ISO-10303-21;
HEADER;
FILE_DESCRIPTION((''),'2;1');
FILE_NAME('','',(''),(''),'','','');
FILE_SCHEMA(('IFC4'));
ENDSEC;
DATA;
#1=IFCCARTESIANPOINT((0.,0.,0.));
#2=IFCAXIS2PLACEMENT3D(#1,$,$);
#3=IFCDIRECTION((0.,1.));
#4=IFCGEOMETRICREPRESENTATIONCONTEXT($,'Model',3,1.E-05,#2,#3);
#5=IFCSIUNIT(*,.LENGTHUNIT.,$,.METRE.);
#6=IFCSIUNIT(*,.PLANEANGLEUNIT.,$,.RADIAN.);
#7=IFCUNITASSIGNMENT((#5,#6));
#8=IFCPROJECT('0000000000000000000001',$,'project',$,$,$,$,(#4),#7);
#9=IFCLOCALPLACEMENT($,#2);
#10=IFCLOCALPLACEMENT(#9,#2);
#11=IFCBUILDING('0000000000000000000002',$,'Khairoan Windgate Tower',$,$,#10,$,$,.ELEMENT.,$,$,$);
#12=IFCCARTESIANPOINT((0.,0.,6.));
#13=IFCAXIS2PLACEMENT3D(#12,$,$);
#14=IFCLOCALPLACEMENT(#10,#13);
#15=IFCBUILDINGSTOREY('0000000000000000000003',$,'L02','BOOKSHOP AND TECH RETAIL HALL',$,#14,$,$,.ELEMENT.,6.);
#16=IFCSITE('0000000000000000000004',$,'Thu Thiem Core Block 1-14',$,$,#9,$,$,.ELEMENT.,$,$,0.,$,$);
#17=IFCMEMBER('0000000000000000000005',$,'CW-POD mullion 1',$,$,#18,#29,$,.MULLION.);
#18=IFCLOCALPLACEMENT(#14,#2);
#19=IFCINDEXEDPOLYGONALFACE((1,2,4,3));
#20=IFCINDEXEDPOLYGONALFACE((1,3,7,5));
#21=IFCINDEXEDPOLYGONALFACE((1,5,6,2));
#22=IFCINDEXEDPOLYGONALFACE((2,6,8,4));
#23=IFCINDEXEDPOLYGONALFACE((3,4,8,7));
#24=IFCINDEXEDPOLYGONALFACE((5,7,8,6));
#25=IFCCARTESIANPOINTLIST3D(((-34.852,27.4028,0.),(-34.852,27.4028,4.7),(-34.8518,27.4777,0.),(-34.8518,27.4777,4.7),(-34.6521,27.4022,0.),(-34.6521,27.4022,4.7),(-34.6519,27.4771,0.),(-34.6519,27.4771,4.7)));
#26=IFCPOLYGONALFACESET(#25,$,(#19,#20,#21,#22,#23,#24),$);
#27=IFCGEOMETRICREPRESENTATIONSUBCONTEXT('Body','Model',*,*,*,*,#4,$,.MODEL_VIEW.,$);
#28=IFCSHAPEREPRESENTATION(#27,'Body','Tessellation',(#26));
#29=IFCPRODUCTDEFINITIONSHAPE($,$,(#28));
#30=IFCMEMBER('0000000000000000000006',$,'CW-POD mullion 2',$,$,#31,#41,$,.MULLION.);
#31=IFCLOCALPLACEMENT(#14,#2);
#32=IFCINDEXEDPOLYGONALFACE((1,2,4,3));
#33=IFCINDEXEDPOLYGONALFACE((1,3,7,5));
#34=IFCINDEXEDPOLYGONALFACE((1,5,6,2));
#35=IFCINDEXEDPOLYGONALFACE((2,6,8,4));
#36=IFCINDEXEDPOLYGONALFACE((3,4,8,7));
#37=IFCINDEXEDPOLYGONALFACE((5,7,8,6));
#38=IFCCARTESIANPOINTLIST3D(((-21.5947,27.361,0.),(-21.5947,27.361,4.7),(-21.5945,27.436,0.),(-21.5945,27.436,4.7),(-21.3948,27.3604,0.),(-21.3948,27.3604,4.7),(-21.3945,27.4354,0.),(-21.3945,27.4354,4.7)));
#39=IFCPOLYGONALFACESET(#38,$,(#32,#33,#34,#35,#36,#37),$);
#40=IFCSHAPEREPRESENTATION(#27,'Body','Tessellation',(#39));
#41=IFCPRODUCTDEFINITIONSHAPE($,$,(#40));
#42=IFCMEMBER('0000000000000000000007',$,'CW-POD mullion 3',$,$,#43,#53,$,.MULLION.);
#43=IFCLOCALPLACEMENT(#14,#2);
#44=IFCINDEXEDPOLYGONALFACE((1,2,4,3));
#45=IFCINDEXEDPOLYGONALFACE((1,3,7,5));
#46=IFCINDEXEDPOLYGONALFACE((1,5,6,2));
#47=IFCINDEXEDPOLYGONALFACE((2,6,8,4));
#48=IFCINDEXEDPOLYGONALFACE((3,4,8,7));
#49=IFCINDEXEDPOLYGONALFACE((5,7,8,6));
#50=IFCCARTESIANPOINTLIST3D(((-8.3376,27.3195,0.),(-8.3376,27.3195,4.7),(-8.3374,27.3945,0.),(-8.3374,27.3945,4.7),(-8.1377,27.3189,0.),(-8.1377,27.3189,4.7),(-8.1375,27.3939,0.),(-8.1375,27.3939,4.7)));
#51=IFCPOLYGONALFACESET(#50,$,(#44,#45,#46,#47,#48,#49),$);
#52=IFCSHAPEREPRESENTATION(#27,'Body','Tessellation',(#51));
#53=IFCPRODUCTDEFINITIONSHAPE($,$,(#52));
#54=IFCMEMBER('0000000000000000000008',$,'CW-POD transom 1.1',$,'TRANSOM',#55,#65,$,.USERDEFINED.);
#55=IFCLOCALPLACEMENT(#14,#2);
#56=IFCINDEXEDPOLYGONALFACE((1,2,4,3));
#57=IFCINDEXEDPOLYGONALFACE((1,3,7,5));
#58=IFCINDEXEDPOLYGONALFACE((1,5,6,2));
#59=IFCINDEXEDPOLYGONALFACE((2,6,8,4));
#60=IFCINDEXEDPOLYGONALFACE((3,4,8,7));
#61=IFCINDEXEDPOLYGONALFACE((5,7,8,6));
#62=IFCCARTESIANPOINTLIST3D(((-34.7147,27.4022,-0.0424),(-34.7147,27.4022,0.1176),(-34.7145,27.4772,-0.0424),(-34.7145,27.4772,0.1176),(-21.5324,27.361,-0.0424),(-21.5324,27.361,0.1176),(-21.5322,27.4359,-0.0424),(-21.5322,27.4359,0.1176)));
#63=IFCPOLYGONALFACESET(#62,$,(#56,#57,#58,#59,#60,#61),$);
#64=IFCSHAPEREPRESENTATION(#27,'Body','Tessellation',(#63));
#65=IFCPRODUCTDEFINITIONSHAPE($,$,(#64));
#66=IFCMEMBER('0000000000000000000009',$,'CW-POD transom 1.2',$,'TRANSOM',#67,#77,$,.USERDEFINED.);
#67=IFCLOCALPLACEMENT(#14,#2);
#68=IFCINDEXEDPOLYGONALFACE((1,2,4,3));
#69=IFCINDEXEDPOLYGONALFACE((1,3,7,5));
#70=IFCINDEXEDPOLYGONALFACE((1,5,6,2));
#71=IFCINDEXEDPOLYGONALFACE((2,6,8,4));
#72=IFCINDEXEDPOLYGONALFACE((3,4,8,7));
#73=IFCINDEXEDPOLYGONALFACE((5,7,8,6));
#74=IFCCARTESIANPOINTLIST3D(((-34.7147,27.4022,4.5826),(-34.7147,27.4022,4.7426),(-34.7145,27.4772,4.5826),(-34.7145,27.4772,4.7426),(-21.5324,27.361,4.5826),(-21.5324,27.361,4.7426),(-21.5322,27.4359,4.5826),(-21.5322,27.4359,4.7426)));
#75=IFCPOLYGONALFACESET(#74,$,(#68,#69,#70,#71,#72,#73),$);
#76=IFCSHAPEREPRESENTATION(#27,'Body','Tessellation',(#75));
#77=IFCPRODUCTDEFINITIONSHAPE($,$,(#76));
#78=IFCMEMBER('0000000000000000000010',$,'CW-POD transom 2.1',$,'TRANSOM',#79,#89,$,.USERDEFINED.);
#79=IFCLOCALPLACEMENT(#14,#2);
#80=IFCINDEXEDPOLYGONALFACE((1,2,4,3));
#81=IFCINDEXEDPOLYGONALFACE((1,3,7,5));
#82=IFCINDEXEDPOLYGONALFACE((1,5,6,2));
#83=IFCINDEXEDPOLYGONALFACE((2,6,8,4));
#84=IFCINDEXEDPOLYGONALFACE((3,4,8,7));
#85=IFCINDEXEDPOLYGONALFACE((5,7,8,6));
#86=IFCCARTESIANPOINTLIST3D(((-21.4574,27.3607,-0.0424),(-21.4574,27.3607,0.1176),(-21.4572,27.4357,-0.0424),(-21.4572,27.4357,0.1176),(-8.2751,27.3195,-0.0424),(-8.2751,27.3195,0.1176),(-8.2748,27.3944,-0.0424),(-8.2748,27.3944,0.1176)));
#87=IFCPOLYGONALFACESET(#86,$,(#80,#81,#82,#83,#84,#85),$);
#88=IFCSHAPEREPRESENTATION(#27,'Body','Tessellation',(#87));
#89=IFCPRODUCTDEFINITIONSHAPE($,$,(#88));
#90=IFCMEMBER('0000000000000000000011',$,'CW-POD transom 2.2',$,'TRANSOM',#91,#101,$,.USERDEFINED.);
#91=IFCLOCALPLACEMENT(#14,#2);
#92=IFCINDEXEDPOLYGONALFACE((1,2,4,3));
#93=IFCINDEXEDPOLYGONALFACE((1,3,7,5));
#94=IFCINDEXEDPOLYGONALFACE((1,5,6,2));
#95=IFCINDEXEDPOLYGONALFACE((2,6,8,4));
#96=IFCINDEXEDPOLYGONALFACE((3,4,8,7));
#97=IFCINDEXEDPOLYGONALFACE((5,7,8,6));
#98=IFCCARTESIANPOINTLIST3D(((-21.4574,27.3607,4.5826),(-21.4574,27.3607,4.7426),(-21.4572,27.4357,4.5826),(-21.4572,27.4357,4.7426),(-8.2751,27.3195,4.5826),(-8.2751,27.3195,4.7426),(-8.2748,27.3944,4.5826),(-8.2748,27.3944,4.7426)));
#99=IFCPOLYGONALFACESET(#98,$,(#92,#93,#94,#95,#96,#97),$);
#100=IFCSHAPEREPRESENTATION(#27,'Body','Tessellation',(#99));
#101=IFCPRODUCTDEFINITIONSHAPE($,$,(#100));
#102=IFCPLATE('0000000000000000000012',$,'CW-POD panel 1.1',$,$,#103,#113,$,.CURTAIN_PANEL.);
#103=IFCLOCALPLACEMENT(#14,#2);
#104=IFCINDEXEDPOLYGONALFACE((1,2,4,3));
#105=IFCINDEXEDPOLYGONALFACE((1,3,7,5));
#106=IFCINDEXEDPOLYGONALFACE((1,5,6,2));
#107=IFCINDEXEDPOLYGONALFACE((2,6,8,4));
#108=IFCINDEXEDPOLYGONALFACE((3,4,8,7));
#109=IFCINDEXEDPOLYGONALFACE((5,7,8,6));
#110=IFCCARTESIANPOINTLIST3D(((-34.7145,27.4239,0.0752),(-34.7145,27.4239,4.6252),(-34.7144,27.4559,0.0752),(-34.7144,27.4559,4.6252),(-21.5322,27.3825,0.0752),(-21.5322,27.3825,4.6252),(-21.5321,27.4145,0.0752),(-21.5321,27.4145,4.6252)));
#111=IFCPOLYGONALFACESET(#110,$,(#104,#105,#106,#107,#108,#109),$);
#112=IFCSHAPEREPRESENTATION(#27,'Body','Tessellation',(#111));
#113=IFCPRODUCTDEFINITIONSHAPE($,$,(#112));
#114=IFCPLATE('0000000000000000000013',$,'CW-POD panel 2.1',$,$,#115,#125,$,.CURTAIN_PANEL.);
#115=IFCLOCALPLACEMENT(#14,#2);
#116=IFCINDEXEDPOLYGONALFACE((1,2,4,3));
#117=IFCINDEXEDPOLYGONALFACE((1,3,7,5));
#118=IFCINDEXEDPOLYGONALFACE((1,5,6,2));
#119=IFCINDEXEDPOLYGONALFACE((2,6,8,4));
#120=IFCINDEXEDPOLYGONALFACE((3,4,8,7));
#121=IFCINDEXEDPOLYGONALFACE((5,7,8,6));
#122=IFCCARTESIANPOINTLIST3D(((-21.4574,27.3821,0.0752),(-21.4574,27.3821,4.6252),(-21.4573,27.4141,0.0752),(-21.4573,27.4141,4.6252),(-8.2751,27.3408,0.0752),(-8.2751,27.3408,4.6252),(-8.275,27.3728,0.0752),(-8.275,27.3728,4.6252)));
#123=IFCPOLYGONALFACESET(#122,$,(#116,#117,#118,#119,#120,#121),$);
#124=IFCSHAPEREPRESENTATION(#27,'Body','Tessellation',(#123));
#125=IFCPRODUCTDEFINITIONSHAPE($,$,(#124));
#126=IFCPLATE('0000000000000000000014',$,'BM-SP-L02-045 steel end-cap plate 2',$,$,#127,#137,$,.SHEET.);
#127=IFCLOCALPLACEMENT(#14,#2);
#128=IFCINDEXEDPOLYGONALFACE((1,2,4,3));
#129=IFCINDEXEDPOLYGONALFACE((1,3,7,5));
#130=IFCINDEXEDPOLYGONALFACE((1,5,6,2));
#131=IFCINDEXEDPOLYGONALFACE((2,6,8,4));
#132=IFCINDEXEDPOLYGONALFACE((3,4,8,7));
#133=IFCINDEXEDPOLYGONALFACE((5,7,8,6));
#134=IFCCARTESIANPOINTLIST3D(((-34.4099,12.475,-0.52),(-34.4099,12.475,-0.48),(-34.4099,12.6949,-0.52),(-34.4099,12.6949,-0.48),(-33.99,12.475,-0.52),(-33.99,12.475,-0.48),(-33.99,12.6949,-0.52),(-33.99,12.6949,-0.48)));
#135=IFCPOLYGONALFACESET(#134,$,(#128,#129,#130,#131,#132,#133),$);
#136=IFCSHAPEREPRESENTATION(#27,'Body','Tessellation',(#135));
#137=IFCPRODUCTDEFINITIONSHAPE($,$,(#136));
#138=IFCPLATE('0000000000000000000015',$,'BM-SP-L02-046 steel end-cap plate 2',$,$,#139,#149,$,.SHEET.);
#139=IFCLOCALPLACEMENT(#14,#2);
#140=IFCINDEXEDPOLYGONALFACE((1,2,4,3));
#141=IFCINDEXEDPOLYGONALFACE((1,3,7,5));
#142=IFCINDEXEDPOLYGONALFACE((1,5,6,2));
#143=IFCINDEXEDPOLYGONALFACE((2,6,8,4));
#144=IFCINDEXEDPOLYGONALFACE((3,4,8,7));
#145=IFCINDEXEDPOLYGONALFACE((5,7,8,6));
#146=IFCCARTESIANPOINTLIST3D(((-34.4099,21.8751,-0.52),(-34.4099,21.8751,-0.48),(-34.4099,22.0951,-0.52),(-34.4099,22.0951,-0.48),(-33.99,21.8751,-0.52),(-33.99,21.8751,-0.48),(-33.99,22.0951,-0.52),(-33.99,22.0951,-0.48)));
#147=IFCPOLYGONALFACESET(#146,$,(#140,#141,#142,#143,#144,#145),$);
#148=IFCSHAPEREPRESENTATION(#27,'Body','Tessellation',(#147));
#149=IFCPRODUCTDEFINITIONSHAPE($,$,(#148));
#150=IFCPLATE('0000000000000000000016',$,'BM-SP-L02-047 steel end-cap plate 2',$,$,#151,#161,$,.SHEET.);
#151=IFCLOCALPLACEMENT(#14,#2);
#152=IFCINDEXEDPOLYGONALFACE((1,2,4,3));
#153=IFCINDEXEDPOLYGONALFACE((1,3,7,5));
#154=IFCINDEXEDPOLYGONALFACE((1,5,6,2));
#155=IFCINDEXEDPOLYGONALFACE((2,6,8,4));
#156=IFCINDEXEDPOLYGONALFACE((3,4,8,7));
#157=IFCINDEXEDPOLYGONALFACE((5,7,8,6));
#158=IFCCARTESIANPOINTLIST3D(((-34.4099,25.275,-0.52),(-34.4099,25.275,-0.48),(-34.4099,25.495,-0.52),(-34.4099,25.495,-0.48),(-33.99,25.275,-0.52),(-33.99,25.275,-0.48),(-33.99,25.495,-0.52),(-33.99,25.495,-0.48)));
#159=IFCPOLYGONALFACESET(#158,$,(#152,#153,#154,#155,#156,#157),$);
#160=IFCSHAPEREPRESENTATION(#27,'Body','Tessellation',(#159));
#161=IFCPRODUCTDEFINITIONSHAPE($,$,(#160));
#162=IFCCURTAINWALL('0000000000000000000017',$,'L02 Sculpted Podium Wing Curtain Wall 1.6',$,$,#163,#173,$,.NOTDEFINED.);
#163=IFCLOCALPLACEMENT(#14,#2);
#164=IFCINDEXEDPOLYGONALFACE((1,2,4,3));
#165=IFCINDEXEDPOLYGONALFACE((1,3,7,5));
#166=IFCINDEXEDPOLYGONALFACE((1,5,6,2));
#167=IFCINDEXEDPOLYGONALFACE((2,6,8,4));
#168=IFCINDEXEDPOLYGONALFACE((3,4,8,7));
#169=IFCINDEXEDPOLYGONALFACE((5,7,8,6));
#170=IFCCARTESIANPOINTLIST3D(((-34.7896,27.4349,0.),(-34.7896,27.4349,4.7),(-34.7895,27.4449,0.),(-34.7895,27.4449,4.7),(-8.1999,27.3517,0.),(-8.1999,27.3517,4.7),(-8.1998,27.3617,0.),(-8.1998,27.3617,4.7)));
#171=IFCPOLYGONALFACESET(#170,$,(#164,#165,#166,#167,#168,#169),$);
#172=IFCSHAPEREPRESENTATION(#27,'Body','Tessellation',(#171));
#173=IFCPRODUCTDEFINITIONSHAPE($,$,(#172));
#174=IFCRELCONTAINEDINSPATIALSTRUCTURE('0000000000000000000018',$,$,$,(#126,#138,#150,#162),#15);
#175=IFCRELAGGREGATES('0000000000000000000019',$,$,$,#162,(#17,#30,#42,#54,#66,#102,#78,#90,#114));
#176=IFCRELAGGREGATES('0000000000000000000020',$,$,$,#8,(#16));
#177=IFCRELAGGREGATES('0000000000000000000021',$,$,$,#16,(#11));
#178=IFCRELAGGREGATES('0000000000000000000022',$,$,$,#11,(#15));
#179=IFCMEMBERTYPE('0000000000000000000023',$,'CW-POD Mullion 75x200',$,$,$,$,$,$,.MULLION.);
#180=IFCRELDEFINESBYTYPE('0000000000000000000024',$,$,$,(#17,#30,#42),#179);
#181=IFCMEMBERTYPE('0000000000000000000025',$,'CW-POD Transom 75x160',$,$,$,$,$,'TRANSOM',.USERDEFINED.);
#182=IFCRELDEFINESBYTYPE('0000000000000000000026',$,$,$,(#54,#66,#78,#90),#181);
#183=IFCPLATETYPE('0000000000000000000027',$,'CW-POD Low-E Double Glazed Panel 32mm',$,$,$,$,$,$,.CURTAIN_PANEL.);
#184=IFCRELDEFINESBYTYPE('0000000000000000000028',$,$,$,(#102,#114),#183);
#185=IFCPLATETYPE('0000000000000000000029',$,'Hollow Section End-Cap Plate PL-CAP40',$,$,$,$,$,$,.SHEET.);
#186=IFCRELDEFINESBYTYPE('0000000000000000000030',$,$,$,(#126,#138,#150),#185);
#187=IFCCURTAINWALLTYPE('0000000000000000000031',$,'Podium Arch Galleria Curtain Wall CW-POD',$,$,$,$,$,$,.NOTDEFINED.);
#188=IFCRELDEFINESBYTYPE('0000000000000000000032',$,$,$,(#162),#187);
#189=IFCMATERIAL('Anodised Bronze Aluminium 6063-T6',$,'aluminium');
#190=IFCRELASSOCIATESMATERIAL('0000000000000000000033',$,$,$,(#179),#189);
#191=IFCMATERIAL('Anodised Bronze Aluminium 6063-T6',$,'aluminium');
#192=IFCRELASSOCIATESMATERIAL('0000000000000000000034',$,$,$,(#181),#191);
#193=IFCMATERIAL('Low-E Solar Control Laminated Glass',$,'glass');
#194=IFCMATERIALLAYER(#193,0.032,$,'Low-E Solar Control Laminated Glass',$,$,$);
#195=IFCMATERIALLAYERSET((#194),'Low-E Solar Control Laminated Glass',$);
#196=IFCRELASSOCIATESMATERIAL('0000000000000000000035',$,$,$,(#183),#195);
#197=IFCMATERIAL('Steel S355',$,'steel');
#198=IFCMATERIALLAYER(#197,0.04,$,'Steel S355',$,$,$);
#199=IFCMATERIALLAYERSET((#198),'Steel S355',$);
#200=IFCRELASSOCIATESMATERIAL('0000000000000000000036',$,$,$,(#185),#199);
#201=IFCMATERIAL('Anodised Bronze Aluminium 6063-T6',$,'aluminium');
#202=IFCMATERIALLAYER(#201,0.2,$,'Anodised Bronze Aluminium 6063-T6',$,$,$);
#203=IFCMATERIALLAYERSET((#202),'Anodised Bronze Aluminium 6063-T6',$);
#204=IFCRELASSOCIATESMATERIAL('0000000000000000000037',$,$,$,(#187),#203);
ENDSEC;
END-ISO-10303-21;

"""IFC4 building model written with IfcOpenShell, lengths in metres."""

from ifc_helpers import new_model, si_unit, direction, frame, frame_2d, origin, origin_2d, place, context, subcontext, project, spatial, rectangle, extrude, material, layer, layer_set, material_profile, profile_set, type_object, element, aggregate, save


model = new_model("IFC4")

# Units and contexts
model_context = context("Model", 3, precision=1e-05, world=origin(), true_north=direction((0.0, 1.0)))
body_context = subcontext(model_context, "Body", "Model", "MODEL_VIEW")
ifc_project = project(units=[si_unit("LENGTHUNIT", "METRE"), si_unit("PLANEANGLEUNIT", "RADIAN")], contexts=[model_context])

# Site, building, storey
site_placement = place(None, origin())
site = spatial("IfcSite", under=ifc_project, at=site_placement, Name="Thu Thiem Core Block 1-14", CompositionType="ELEMENT", RefElevation=0.0)
building_placement = place(site_placement, origin())
building = spatial("IfcBuilding", under=site, at=building_placement, Name="Khairoan Windgate Tower", CompositionType="ELEMENT")
storey_placement = place(building_placement, frame((0.0, 0.0, 6.0)))
storey = spatial("IfcBuildingStorey", under=building, at=storey_placement, Name="L02", Description="BOOKSHOP AND TECH RETAIL HALL", CompositionType="ELEMENT", Elevation=6.0)

# Members
ifc_material_1 = material(Name="Anodised Bronze Aluminium 6063-T6", Category="aluminium")
ifc_material_profile_1 = material_profile(ifc_material_1, rectangle(XDim=0.075, YDim=0.2, at=origin_2d()))
ifc_profile_set_1 = profile_set([ifc_material_profile_1], Name="Anodised Bronze Aluminium 6063-T6")
member_type_1 = type_object("IfcMemberType", Name="CW-POD Mullion 75x200", PredefinedType="MULLION", material=ifc_profile_set_1)
member_1_placement = place(storey_placement, frame((-34.752, 27.4399, 0.0), z_axis=(0.0, 0.0, 1.0), x_axis=(0.003137, 0.999995, 0.0)))
member_1 = element("IfcMember", 1, at=member_1_placement, type_object=member_type_1, Name="CW-POD mullion 1", PredefinedType="MULLION", context=body_context, shape_type="SweptSolid", body=[
    extrude(rectangle(XDim=0.075, YDim=0.2, at=origin_2d()), origin(), (0.0, 0.0, 1.0), 4.7),
])
member_2_placement = place(storey_placement, frame((-21.4946, 27.3982, 0.0), z_axis=(0.0, 0.0, 1.0), x_axis=(0.003137, 0.999995, 0.0)))
member_2 = element("IfcMember", 2, at=member_2_placement, type_object=member_type_1, Name="CW-POD mullion 2", PredefinedType="MULLION", context=body_context, shape_type="SweptSolid", body=[
    extrude(rectangle(XDim=0.075, YDim=0.2, at=origin_2d()), origin(), (0.0, 0.0, 1.0), 4.7),
])
member_3_placement = place(storey_placement, frame((-8.2375, 27.3567, 0.0), z_axis=(0.0, 0.0, 1.0), x_axis=(0.003137, 0.999995, 0.0)))
member_3 = element("IfcMember", 3, at=member_3_placement, type_object=member_type_1, Name="CW-POD mullion 3", PredefinedType="MULLION", context=body_context, shape_type="SweptSolid", body=[
    extrude(rectangle(XDim=0.075, YDim=0.2, at=origin_2d()), origin(), (0.0, 0.0, 1.0), 4.7),
])
ifc_material_2 = material(Name="Anodised Bronze Aluminium 6063-T6", Category="aluminium")
ifc_material_profile_2 = material_profile(ifc_material_2, rectangle(XDim=0.075, YDim=0.1599, at=origin_2d()))
ifc_profile_set_2 = profile_set([ifc_material_profile_2], Name="Anodised Bronze Aluminium 6063-T6")
member_type_2 = type_object("IfcMemberType", Name="CW-POD Transom 75x160", ElementType="TRANSOM", PredefinedType="USERDEFINED", material=ifc_profile_set_2)
member_4_placement = place(storey_placement, frame((-34.7146, 27.4397, 0.0376), z_axis=(0.999995, -0.00313, 0.0), x_axis=(0.00313, 0.999995, 0.0)))
member_4 = element("IfcMember", 4, at=member_4_placement, type_object=member_type_2, Name="CW-POD transom 1.1", ObjectType="TRANSOM", PredefinedType="USERDEFINED", context=body_context, shape_type="SweptSolid", body=[
    extrude(rectangle(XDim=0.075, YDim=0.1599, at=origin_2d()), origin(), (0.0, 0.0, 1.0), 13.1824),
])
member_5_placement = place(storey_placement, frame((-34.7146, 27.4397, 4.6626), z_axis=(0.999995, -0.00313, 0.0), x_axis=(0.00313, 0.999995, 0.0)))
member_5 = element("IfcMember", 5, at=member_5_placement, type_object=member_type_2, Name="CW-POD transom 1.2", ObjectType="TRANSOM", PredefinedType="USERDEFINED", context=body_context, shape_type="SweptSolid", body=[
    extrude(rectangle(XDim=0.075, YDim=0.1599, at=origin_2d()), origin(), (0.0, 0.0, 1.0), 13.1824),
])
member_6_placement = place(storey_placement, frame((-21.4573, 27.3982, 0.0376), z_axis=(0.999995, -0.00313, 0.0), x_axis=(0.00313, 0.999995, 0.0)))
member_6 = element("IfcMember", 6, at=member_6_placement, type_object=member_type_2, Name="CW-POD transom 2.1", ObjectType="TRANSOM", PredefinedType="USERDEFINED", context=body_context, shape_type="SweptSolid", body=[
    extrude(rectangle(XDim=0.075, YDim=0.1599, at=origin_2d()), origin(), (0.0, 0.0, 1.0), 13.1824),
])
member_7_placement = place(storey_placement, frame((-21.4573, 27.3982, 4.6626), z_axis=(0.999995, -0.00313, 0.0), x_axis=(0.00313, 0.999995, 0.0)))
member_7 = element("IfcMember", 7, at=member_7_placement, type_object=member_type_2, Name="CW-POD transom 2.2", ObjectType="TRANSOM", PredefinedType="USERDEFINED", context=body_context, shape_type="SweptSolid", body=[
    extrude(rectangle(XDim=0.075, YDim=0.1599, at=origin_2d()), origin(), (0.0, 0.0, 1.0), 13.1824),
])

# Plates
ifc_material_3 = material(Name="Low-E Solar Control Laminated Glass", Category="glass")
ifc_layer_1 = layer(ifc_material_3, 0.032, Name="Low-E Solar Control Laminated Glass")
ifc_layer_set_1 = layer_set([ifc_layer_1], Name="Low-E Solar Control Laminated Glass")
plate_type_1 = type_object("IfcPlateType", Name="CW-POD Low-E Double Glazed Panel 32mm", PredefinedType="CURTAIN_PANEL", material=ifc_layer_set_1)
plate_1_placement = place(storey_placement, frame((-28.1233, 27.4192, 0.0752), z_axis=(0.0, 0.0, 1.0), x_axis=(0.999995, -0.003137, 0.0)))
plate_1 = element("IfcPlate", 8, at=plate_1_placement, type_object=plate_type_1, Name="CW-POD panel 1.1", PredefinedType="CURTAIN_PANEL", context=body_context, shape_type="SweptSolid", body=[
    extrude(rectangle(XDim=13.1824, YDim=0.032, at=origin_2d()), origin(), (0.0, 0.0, 1.0), 4.55),
])
plate_2_placement = place(storey_placement, frame((-14.8662, 27.3774, 0.0752), z_axis=(0.0, 0.0, 1.0), x_axis=(0.999995, -0.003137, 0.0)))
plate_2 = element("IfcPlate", 9, at=plate_2_placement, type_object=plate_type_1, Name="CW-POD panel 2.1", PredefinedType="CURTAIN_PANEL", context=body_context, shape_type="SweptSolid", body=[
    extrude(rectangle(XDim=13.1824, YDim=0.032, at=origin_2d()), origin(), (0.0, 0.0, 1.0), 4.55),
])

# Plates
ifc_material_4 = material(Name="Steel S355", Category="steel")
ifc_layer_2 = layer(ifc_material_4, 0.04, Name="Steel S355")
ifc_layer_set_2 = layer_set([ifc_layer_2], Name="Steel S355")
plate_type_2 = type_object("IfcPlateType", Name="Hollow Section End-Cap Plate PL-CAP40", PredefinedType="SHEET", material=ifc_layer_set_2)
for number, where, z_axis, x_axis, name in (
    (10, (-34.2, 12.585, -0.52), (0.0, 0.0, 1.0), (0.0, 1.0, 0.0), "BM-SP-L02-045 steel end-cap plate 2"),
    (11, (-34.2, 21.9851, -0.52), (0.0, 0.0, 1.0), (0.0, 1.0, 0.0), "BM-SP-L02-046 steel end-cap plate 2"),
    (12, (-34.2, 25.385, -0.52), (0.0, 0.0, 1.0), (0.0, 1.0, 0.0), "BM-SP-L02-047 steel end-cap plate 2"),
):
    element("IfcPlate", number, at=place(storey_placement, frame(where, z_axis=z_axis, x_axis=x_axis)), inside=storey, type_object=plate_type_2, Name=name, PredefinedType="SHEET", context=body_context, shape_type="SweptSolid", body=[
        extrude(rectangle(XDim=0.22, YDim=0.4199, at=origin_2d()), origin(), (0.0, 0.0, 1.0), 0.04),
    ])

# Curtain wall
ifc_material_5 = material(Name="Anodised Bronze Aluminium 6063-T6", Category="aluminium")
ifc_layer_3 = layer(ifc_material_5, 0.2, Name="Anodised Bronze Aluminium 6063-T6")
ifc_layer_set_3 = layer_set([ifc_layer_3], Name="Anodised Bronze Aluminium 6063-T6")
curtain_wall_type = type_object("IfcCurtainWallType", Name="Podium Arch Galleria Curtain Wall CW-POD", PredefinedType="NOTDEFINED", material=ifc_layer_set_3)
curtain_wall_placement = place(storey_placement, frame((-34.7896, 27.4399, 0.0), z_axis=(0.0, 0.0, 1.0), x_axis=(0.999995, -0.003131, 0.0)))
curtain_wall = element("IfcCurtainWall", 13, at=curtain_wall_placement, inside=storey, type_object=curtain_wall_type, Name="L02 Sculpted Podium Wing Curtain Wall 1.6", PredefinedType="NOTDEFINED", context=body_context, shape_type="SweptSolid", body=[
    extrude(rectangle(XDim=26.5898, YDim=0.01, at=frame_2d((13.2949, 0.0))), origin(), (0.0, 0.0, 1.0), 4.7),
])
aggregate(curtain_wall, [member_1, member_2, member_3, member_4, member_5, plate_1, member_6, member_7, plate_2])

save(model, "model.ifc")
